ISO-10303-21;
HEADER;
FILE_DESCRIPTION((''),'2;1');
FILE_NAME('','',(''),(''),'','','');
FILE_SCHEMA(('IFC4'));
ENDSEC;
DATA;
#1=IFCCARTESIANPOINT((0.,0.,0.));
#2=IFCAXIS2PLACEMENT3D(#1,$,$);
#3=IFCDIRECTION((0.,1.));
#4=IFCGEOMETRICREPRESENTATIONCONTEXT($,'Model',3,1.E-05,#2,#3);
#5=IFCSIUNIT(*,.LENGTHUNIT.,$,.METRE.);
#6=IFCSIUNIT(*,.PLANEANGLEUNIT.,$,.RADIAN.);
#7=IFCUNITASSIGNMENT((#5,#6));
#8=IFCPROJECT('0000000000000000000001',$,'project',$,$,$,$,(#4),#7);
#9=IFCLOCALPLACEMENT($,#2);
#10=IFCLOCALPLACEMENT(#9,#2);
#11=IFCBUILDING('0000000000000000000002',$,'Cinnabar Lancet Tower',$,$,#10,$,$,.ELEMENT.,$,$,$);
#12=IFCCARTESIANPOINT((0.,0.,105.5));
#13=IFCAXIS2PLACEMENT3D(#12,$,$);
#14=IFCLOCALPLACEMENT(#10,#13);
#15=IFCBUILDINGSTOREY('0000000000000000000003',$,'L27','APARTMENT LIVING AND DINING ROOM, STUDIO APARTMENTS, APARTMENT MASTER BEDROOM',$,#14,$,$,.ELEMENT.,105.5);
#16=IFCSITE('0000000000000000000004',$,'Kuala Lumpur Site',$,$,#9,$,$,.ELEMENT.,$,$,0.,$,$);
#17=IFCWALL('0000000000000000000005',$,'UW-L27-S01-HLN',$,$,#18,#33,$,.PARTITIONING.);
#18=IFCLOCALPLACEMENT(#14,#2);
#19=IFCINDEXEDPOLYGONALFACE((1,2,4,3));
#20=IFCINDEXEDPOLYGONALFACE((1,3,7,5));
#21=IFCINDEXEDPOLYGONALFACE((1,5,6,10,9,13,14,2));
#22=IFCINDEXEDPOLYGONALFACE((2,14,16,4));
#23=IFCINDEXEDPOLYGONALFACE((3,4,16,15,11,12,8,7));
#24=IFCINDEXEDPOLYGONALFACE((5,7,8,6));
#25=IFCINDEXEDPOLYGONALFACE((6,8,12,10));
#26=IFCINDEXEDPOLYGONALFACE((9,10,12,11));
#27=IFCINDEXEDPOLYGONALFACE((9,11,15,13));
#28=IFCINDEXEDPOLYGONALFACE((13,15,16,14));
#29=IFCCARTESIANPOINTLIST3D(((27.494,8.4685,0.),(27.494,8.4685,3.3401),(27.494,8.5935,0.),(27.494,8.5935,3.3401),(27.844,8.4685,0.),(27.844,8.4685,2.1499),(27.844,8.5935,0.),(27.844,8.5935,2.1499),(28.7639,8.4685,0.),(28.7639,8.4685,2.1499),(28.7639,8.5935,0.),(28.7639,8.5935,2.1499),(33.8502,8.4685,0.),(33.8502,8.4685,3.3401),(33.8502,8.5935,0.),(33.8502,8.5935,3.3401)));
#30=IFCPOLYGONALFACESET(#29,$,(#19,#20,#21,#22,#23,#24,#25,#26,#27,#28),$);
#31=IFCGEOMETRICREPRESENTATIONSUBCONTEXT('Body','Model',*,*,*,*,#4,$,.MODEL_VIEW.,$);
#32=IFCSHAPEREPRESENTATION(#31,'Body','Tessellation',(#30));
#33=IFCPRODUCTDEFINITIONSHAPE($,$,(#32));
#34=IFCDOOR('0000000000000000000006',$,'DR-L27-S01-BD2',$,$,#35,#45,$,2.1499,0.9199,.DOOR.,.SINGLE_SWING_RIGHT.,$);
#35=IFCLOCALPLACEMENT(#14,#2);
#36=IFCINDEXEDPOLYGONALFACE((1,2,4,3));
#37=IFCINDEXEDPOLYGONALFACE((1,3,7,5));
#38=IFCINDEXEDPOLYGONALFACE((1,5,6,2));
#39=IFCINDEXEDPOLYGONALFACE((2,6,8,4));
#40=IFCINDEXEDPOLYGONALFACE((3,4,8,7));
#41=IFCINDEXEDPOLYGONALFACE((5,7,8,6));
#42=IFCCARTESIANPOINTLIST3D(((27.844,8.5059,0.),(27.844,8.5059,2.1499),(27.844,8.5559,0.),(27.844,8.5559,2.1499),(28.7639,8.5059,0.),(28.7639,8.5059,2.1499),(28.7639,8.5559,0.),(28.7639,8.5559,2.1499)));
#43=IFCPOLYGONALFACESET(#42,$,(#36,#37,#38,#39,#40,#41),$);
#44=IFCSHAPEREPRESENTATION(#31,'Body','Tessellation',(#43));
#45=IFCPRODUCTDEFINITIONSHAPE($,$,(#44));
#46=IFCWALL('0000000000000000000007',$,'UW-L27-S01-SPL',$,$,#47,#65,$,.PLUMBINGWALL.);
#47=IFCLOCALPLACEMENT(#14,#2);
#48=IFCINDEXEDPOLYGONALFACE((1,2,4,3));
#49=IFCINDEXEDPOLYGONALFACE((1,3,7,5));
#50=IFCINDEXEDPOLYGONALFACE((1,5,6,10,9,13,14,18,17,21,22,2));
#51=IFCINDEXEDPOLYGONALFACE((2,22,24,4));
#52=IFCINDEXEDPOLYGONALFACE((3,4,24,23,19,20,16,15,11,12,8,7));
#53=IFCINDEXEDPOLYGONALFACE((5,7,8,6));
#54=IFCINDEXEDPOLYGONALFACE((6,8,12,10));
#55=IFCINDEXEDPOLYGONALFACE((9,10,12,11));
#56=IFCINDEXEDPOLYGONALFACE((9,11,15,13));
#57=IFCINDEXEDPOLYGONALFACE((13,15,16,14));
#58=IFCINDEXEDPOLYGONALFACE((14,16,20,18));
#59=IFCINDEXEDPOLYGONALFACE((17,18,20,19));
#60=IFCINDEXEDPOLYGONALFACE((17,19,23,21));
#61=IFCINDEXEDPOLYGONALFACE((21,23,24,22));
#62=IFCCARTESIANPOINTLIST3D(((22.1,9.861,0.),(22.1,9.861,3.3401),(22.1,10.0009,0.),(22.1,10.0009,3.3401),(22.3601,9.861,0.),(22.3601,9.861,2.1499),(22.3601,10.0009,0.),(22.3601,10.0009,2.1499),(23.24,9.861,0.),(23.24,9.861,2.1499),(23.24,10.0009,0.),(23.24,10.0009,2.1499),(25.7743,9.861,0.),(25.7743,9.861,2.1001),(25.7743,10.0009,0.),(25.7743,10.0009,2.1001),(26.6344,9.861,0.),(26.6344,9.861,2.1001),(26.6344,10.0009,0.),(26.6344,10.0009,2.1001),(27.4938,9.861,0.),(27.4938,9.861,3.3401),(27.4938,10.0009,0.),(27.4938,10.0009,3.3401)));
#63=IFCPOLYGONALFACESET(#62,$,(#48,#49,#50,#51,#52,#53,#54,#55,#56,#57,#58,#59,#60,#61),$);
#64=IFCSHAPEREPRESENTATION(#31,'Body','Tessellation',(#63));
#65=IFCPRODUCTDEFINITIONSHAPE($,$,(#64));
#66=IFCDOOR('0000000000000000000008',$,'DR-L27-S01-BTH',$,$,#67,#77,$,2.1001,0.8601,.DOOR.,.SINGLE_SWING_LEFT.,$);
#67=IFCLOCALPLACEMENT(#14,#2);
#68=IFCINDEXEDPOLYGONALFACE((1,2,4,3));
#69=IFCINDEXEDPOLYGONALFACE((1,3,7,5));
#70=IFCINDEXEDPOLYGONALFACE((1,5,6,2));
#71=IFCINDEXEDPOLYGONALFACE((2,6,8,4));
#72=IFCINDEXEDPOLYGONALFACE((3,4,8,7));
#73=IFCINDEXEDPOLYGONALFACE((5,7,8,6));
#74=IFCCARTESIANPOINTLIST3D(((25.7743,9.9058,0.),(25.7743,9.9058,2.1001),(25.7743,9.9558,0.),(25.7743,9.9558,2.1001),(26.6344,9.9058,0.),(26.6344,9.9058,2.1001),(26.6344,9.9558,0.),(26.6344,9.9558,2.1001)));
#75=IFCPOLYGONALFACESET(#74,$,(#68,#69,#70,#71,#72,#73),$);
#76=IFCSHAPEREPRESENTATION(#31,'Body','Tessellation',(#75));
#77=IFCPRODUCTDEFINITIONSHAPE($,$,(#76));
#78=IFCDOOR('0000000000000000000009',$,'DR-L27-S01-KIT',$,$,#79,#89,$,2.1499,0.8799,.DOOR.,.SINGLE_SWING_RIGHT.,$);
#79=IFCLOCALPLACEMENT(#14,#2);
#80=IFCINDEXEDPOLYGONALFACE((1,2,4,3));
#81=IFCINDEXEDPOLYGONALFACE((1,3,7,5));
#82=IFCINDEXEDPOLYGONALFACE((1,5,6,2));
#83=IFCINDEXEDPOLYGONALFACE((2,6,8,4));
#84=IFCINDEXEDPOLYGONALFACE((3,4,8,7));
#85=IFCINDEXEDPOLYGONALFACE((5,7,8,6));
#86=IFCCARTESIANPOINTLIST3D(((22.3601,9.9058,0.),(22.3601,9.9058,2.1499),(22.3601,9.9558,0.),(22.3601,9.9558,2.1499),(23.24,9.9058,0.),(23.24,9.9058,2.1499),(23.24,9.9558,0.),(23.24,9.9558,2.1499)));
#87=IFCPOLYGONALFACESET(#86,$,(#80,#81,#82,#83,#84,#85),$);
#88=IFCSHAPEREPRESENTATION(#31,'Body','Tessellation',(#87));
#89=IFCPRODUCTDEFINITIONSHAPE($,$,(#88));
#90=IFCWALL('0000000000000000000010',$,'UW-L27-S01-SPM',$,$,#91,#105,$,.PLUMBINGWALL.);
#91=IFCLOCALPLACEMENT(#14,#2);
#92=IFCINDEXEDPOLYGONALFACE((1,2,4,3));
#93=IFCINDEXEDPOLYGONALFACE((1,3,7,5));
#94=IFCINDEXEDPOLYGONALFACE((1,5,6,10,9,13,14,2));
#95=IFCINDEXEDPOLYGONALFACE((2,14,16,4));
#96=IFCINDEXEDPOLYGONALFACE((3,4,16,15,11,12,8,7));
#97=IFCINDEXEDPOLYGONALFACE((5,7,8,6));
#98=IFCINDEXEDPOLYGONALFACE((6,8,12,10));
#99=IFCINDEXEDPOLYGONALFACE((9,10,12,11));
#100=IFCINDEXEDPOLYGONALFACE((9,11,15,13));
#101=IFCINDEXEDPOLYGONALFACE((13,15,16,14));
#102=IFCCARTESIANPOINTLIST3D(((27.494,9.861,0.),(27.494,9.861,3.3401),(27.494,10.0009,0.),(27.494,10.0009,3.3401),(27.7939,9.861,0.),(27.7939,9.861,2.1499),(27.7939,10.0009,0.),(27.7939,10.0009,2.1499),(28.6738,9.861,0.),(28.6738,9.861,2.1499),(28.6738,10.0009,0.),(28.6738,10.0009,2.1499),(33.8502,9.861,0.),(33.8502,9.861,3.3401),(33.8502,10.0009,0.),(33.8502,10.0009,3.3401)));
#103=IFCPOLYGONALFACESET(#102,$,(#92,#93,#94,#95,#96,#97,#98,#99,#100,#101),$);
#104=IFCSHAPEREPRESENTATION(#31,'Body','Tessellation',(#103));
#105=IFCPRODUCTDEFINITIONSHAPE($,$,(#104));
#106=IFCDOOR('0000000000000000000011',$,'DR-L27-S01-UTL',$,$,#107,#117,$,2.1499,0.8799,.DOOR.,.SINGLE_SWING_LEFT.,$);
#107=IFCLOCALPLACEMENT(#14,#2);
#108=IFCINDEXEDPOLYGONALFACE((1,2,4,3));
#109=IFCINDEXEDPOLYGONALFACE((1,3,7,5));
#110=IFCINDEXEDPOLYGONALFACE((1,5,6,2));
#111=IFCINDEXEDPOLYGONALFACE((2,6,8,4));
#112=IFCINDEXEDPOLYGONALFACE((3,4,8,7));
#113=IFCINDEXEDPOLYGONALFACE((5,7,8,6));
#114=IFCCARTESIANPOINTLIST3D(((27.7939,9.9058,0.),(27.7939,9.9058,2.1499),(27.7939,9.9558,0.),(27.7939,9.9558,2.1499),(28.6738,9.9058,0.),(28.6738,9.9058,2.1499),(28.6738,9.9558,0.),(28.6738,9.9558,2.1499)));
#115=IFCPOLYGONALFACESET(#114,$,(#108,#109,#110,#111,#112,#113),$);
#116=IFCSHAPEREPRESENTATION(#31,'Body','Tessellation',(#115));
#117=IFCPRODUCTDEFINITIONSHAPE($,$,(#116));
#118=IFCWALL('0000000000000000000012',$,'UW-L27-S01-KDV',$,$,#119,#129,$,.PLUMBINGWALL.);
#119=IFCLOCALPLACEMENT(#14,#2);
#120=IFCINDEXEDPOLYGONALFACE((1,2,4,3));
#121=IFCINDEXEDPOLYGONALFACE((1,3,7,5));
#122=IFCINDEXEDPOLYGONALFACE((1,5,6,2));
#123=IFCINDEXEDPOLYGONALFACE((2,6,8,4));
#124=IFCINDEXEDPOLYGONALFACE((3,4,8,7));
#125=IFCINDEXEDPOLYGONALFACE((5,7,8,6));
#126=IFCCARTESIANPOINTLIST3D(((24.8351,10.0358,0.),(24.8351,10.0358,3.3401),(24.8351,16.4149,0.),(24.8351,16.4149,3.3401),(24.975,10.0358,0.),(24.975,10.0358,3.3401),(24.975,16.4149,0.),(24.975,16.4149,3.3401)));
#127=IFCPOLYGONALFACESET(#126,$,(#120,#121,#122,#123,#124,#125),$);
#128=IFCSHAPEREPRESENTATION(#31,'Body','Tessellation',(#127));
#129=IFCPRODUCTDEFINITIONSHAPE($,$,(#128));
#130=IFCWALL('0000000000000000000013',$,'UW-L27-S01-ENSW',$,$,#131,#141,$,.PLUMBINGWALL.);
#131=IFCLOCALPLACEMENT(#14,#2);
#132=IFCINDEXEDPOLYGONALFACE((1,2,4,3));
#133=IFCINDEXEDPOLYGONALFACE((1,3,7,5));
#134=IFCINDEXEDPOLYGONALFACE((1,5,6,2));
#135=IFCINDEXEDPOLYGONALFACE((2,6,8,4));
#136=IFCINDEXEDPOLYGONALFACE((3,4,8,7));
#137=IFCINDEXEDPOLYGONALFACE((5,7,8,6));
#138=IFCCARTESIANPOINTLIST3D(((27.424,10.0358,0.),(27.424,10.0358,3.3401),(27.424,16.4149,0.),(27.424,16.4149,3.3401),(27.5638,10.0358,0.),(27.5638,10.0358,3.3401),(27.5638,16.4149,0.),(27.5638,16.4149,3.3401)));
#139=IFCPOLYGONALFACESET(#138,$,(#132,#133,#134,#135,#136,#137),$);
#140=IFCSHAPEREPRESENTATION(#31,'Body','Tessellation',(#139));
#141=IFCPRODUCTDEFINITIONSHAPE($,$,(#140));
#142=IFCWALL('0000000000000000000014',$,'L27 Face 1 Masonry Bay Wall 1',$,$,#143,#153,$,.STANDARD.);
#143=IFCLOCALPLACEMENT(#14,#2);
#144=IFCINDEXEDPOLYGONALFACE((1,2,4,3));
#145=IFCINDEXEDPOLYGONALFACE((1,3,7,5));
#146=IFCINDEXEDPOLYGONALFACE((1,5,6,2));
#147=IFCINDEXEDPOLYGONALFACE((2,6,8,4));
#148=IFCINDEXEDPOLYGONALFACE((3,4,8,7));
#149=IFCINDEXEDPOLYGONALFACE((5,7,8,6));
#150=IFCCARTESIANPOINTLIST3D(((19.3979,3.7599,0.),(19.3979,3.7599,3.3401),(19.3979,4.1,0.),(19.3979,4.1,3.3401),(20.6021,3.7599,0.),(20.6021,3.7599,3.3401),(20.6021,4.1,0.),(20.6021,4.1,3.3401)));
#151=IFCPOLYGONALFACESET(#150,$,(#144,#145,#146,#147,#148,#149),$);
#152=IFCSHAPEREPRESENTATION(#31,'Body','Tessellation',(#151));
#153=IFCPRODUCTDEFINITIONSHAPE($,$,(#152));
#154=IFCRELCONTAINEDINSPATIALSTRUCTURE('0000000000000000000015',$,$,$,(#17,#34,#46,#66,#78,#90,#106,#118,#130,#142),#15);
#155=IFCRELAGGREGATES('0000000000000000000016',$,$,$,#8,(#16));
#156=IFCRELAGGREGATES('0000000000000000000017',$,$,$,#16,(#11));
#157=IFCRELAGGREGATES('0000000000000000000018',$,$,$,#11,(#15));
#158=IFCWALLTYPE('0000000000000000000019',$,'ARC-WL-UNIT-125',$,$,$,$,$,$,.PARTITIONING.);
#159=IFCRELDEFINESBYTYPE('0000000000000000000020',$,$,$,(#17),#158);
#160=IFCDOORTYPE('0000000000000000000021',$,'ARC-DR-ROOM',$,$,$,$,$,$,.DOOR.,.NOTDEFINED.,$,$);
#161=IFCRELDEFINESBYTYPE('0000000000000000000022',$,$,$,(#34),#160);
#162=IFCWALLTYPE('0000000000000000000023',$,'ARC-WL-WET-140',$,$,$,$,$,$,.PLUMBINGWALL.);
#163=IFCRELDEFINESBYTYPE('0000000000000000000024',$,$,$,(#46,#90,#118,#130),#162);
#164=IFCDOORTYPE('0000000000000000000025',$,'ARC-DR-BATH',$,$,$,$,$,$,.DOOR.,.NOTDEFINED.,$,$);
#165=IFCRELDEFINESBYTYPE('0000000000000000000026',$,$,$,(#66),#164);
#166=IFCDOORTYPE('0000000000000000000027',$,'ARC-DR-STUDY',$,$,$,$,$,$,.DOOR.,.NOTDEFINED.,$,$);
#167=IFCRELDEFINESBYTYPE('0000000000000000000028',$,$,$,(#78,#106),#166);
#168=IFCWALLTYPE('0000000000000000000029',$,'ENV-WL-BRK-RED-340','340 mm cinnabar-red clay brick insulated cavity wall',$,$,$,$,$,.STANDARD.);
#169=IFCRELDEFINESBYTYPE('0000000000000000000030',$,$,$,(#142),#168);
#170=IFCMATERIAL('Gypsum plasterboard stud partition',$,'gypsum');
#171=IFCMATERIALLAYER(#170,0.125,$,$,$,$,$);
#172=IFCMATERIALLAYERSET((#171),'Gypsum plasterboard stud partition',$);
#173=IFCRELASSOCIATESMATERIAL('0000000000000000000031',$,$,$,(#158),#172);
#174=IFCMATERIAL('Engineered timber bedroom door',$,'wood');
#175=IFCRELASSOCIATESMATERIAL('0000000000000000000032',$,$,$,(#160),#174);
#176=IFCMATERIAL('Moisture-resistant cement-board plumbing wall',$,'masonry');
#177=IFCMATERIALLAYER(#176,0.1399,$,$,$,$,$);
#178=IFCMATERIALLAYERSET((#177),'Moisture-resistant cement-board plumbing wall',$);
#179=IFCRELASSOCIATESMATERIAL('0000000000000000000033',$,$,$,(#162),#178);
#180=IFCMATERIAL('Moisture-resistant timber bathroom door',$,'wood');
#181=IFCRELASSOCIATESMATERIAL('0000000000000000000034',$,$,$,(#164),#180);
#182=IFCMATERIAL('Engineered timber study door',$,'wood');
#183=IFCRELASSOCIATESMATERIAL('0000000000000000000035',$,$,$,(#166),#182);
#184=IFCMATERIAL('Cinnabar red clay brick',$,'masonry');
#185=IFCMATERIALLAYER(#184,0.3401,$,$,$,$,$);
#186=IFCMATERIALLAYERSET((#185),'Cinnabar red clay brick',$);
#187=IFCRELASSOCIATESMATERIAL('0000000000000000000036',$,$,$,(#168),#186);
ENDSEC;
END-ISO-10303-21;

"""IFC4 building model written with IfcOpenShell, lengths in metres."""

from ifc_helpers import new_model, si_unit, direction, frame, frame_2d, origin, place, context, subcontext, project, spatial, rectangle, extrude, material, layer, layer_set, type_object, element, fill, save


model = new_model("IFC4")

# Units and contexts
model_context = context("Model", 3, precision=1e-05, world=origin(), true_north=direction((0.0, 1.0)))
body_context = subcontext(model_context, "Body", "Model", "MODEL_VIEW")
ifc_project = project(units=[si_unit("LENGTHUNIT", "METRE"), si_unit("PLANEANGLEUNIT", "RADIAN")], contexts=[model_context])

# Site, building, storey
site_placement = place(None, origin())
site = spatial("IfcSite", under=ifc_project, at=site_placement, Name="Kuala Lumpur Site", CompositionType="ELEMENT", RefElevation=0.0)
building_placement = place(site_placement, origin())
building = spatial("IfcBuilding", under=site, at=building_placement, Name="Cinnabar Lancet Tower", CompositionType="ELEMENT")
storey_placement = place(building_placement, frame((0.0, 0.0, 105.5)))
storey = spatial("IfcBuildingStorey", under=building, at=storey_placement, Name="L27", Description="APARTMENT LIVING AND DINING ROOM, STUDIO APARTMENTS, APARTMENT MASTER BEDROOM", CompositionType="ELEMENT", Elevation=105.5)

# Shared definitions
ifc_material_1 = material(Name="Gypsum plasterboard stud partition", Category="gypsum")
ifc_layer_1 = layer(ifc_material_1, 0.125)
ifc_layer_set_1 = layer_set([ifc_layer_1], Name="Gypsum plasterboard stud partition")
wall_type_1 = type_object("IfcWallType", Name="ARC-WL-UNIT-125", PredefinedType="PARTITIONING", material=ifc_layer_set_1)

# Wall, opening, door
wall_1_placement = place(storey_placement, frame((27.4939, 8.531, 0.0), z_axis=(0.0, 0.0, 1.0), x_axis=(1.0, 0.0, 0.0)))
wall_1 = element("IfcWall", 1, at=wall_1_placement, inside=storey, type_object=wall_type_1, Name="UW-L27-S01-HLN", PredefinedType="PARTITIONING", context=body_context, shape_type="SweptSolid", body=[
    extrude(rectangle(XDim=6.3562, YDim=0.125, at=frame_2d((3.1782, 0.0))), origin(), (0.0, 0.0, 1.0), 3.3401),
])
opening_1_placement = place(wall_1_placement, frame((0.3501, 0.0, 0.0)))
opening_1 = element("IfcOpeningElement", 2, at=opening_1_placement, cuts=wall_1, PredefinedType="OPENING", context=body_context, shape_type="SweptSolid", body=[
    extrude(rectangle(XDim=0.9199, YDim=2.1499, at=frame_2d((0.46, 1.075))), frame((0.0, 0.0725, 0.0), z_axis=(0.0, -1.0, 0.0), x_axis=(1.0, 0.0, 0.0)), (0.0, 0.0, 1.0), 0.145),
])
ifc_material_2 = material(Name="Engineered timber bedroom door", Category="wood")
door_type_1 = type_object("IfcDoorType", Name="ARC-DR-ROOM", OperationType="NOTDEFINED", PredefinedType="DOOR", material=ifc_material_2)
door_1_placement = place(opening_1_placement, origin())
door_1 = element("IfcDoor", 3, at=door_1_placement, inside=storey, type_object=door_type_1, Name="DR-L27-S01-BD2", OperationType="SINGLE_SWING_RIGHT", OverallHeight=2.1499, OverallWidth=0.9199, PredefinedType="DOOR", context=body_context, shape_type="SweptSolid", body=[
    extrude(rectangle(XDim=0.9199, YDim=2.1499, at=frame_2d((0.46, 1.075))), frame((0.0, 0.0249, 0.0), z_axis=(0.0, -1.0, 0.0), x_axis=(1.0, 0.0, 0.0)), (0.0, 0.0, 1.0), 0.05),
])
fill(opening_1, door_1)

# Wall, openings, doors
ifc_material_3 = material(Name="Moisture-resistant cement-board plumbing wall", Category="masonry")
ifc_layer_2 = layer(ifc_material_3, 0.1399)
ifc_layer_set_2 = layer_set([ifc_layer_2], Name="Moisture-resistant cement-board plumbing wall")
wall_type_2 = type_object("IfcWallType", Name="ARC-WL-WET-140", PredefinedType="PLUMBINGWALL", material=ifc_layer_set_2)
wall_2_placement = place(storey_placement, frame((22.1001, 9.9309, 0.0), z_axis=(0.0, 0.0, 1.0), x_axis=(1.0, 0.0, 0.0)))
wall_2 = element("IfcWall", 4, at=wall_2_placement, inside=storey, type_object=wall_type_2, Name="UW-L27-S01-SPL", PredefinedType="PLUMBINGWALL", context=body_context, shape_type="SweptSolid", body=[
    extrude(rectangle(XDim=5.3938, YDim=0.1399, at=frame_2d((2.6968, 0.0))), origin(), (0.0, 0.0, 1.0), 3.3401),
])
opening_2_placement = place(wall_2_placement, frame((3.6741, 0.0, 0.0)))
opening_2 = element("IfcOpeningElement", 5, at=opening_2_placement, cuts=wall_2, PredefinedType="OPENING", context=body_context, shape_type="SweptSolid", body=[
    extrude(rectangle(XDim=0.8601, YDim=2.1001, at=frame_2d((0.4302, 1.05))), frame((0.0, 0.0798, 0.0), z_axis=(0.0, -1.0, 0.0), x_axis=(1.0, 0.0, 0.0)), (0.0, 0.0, 1.0), 0.1599),
])
opening_3_placement = place(wall_2_placement, frame((0.26, 0.0, 0.0)))
opening_3 = element("IfcOpeningElement", 6, at=opening_3_placement, cuts=wall_2, PredefinedType="OPENING", context=body_context, shape_type="SweptSolid", body=[
    extrude(rectangle(XDim=0.8799, YDim=2.1499, at=frame_2d((0.4399, 1.075))), frame((0.0, 0.0798, 0.0), z_axis=(0.0, -1.0, 0.0), x_axis=(1.0, 0.0, 0.0)), (0.0, 0.0, 1.0), 0.1599),
])
ifc_material_4 = material(Name="Moisture-resistant timber bathroom door", Category="wood")
door_type_2 = type_object("IfcDoorType", Name="ARC-DR-BATH", OperationType="NOTDEFINED", PredefinedType="DOOR", material=ifc_material_4)
door_2_placement = place(opening_2_placement, origin())
door_2 = element("IfcDoor", 7, at=door_2_placement, inside=storey, type_object=door_type_2, Name="DR-L27-S01-BTH", OperationType="SINGLE_SWING_LEFT", OverallHeight=2.1001, OverallWidth=0.8601, PredefinedType="DOOR", context=body_context, shape_type="SweptSolid", body=[
    extrude(rectangle(XDim=0.8601, YDim=2.1001, at=frame_2d((0.4302, 1.05))), frame((0.0, 0.0249, 0.0), z_axis=(0.0, -1.0, 0.0), x_axis=(1.0, 0.0, 0.0)), (0.0, 0.0, 1.0), 0.05),
])
fill(opening_2, door_2)
ifc_material_5 = material(Name="Engineered timber study door", Category="wood")
door_type_3 = type_object("IfcDoorType", Name="ARC-DR-STUDY", OperationType="NOTDEFINED", PredefinedType="DOOR", material=ifc_material_5)
door_3_placement = place(opening_3_placement, origin())
door_3 = element("IfcDoor", 8, at=door_3_placement, inside=storey, type_object=door_type_3, Name="DR-L27-S01-KIT", OperationType="SINGLE_SWING_RIGHT", OverallHeight=2.1499, OverallWidth=0.8799, PredefinedType="DOOR", context=body_context, shape_type="SweptSolid", body=[
    extrude(rectangle(XDim=0.8799, YDim=2.1499, at=frame_2d((0.4399, 1.075))), frame((0.0, 0.0249, 0.0), z_axis=(0.0, -1.0, 0.0), x_axis=(1.0, 0.0, 0.0)), (0.0, 0.0, 1.0), 0.05),
])
fill(opening_3, door_3)

# Wall, opening, door
wall_3_placement = place(storey_placement, frame((27.4939, 9.9309, 0.0), z_axis=(0.0, 0.0, 1.0), x_axis=(1.0, 0.0, 0.0)))
wall_3 = element("IfcWall", 9, at=wall_3_placement, inside=storey, type_object=wall_type_2, Name="UW-L27-S01-SPM", PredefinedType="PLUMBINGWALL", context=body_context, shape_type="SweptSolid", body=[
    extrude(rectangle(XDim=6.3562, YDim=0.1399, at=frame_2d((3.1782, 0.0))), origin(), (0.0, 0.0, 1.0), 3.3401),
])
opening_4_placement = place(wall_3_placement, frame((0.3, 0.0, 0.0)))
opening_4 = element("IfcOpeningElement", 10, at=opening_4_placement, cuts=wall_3, PredefinedType="OPENING", context=body_context, shape_type="SweptSolid", body=[
    extrude(rectangle(XDim=0.8799, YDim=2.1499, at=frame_2d((0.4399, 1.075))), frame((0.0, 0.0798, 0.0), z_axis=(0.0, -1.0, 0.0), x_axis=(1.0, 0.0, 0.0)), (0.0, 0.0, 1.0), 0.1599),
])
door_4_placement = place(opening_4_placement, origin())
door_4 = element("IfcDoor", 11, at=door_4_placement, inside=storey, type_object=door_type_3, Name="DR-L27-S01-UTL", OperationType="SINGLE_SWING_LEFT", OverallHeight=2.1499, OverallWidth=0.8799, PredefinedType="DOOR", context=body_context, shape_type="SweptSolid", body=[
    extrude(rectangle(XDim=0.8799, YDim=2.1499, at=frame_2d((0.4399, 1.075))), frame((0.0, 0.0249, 0.0), z_axis=(0.0, -1.0, 0.0), x_axis=(1.0, 0.0, 0.0)), (0.0, 0.0, 1.0), 0.05),
])
fill(opening_4, door_4)

# Walls
for number, where, z_axis, x_axis, name in (
    (12, (24.905, 10.0359, 0.0), (0.0, 0.0, 1.0), (0.0, 1.0, 0.0), "UW-L27-S01-KDV"),
    (13, (27.4939, 10.0359, 0.0), (0.0, 0.0, 1.0), (0.0, 1.0, 0.0), "UW-L27-S01-ENSW"),
):
    element("IfcWall", number, at=place(storey_placement, frame(where, z_axis=z_axis, x_axis=x_axis)), inside=storey, type_object=wall_type_2, Name=name, PredefinedType="PLUMBINGWALL", context=body_context, shape_type="SweptSolid", body=[
        extrude(rectangle(XDim=6.3792, YDim=0.1399, at=frame_2d((3.1895, 0.0))), origin(), (0.0, 0.0, 1.0), 3.3401),
    ])
ifc_material_6 = material(Name="Cinnabar red clay brick", Category="masonry")
ifc_layer_3 = layer(ifc_material_6, 0.3401)
ifc_layer_set_3 = layer_set([ifc_layer_3], Name="Cinnabar red clay brick")
wall_type_3 = type_object("IfcWallType", Name="ENV-WL-BRK-RED-340", Description="340 mm cinnabar-red clay brick insulated cavity wall", PredefinedType="STANDARD", material=ifc_layer_set_3)
wall_4_placement = place(storey_placement, frame((19.3979, 3.9299, 0.0), z_axis=(0.0, 0.0, 1.0), x_axis=(1.0, 0.0, 0.0)))
element("IfcWall", 14, at=wall_4_placement, inside=storey, type_object=wall_type_3, Name="L27 Face 1 Masonry Bay Wall 1", PredefinedType="STANDARD", context=body_context, shape_type="SweptSolid", body=[
    extrude(rectangle(XDim=1.2041, YDim=0.3401, at=frame_2d((0.6021, 0.0))), origin(), (0.0, 0.0, 1.0), 3.3401),
])

save(model, "model.ifc")
